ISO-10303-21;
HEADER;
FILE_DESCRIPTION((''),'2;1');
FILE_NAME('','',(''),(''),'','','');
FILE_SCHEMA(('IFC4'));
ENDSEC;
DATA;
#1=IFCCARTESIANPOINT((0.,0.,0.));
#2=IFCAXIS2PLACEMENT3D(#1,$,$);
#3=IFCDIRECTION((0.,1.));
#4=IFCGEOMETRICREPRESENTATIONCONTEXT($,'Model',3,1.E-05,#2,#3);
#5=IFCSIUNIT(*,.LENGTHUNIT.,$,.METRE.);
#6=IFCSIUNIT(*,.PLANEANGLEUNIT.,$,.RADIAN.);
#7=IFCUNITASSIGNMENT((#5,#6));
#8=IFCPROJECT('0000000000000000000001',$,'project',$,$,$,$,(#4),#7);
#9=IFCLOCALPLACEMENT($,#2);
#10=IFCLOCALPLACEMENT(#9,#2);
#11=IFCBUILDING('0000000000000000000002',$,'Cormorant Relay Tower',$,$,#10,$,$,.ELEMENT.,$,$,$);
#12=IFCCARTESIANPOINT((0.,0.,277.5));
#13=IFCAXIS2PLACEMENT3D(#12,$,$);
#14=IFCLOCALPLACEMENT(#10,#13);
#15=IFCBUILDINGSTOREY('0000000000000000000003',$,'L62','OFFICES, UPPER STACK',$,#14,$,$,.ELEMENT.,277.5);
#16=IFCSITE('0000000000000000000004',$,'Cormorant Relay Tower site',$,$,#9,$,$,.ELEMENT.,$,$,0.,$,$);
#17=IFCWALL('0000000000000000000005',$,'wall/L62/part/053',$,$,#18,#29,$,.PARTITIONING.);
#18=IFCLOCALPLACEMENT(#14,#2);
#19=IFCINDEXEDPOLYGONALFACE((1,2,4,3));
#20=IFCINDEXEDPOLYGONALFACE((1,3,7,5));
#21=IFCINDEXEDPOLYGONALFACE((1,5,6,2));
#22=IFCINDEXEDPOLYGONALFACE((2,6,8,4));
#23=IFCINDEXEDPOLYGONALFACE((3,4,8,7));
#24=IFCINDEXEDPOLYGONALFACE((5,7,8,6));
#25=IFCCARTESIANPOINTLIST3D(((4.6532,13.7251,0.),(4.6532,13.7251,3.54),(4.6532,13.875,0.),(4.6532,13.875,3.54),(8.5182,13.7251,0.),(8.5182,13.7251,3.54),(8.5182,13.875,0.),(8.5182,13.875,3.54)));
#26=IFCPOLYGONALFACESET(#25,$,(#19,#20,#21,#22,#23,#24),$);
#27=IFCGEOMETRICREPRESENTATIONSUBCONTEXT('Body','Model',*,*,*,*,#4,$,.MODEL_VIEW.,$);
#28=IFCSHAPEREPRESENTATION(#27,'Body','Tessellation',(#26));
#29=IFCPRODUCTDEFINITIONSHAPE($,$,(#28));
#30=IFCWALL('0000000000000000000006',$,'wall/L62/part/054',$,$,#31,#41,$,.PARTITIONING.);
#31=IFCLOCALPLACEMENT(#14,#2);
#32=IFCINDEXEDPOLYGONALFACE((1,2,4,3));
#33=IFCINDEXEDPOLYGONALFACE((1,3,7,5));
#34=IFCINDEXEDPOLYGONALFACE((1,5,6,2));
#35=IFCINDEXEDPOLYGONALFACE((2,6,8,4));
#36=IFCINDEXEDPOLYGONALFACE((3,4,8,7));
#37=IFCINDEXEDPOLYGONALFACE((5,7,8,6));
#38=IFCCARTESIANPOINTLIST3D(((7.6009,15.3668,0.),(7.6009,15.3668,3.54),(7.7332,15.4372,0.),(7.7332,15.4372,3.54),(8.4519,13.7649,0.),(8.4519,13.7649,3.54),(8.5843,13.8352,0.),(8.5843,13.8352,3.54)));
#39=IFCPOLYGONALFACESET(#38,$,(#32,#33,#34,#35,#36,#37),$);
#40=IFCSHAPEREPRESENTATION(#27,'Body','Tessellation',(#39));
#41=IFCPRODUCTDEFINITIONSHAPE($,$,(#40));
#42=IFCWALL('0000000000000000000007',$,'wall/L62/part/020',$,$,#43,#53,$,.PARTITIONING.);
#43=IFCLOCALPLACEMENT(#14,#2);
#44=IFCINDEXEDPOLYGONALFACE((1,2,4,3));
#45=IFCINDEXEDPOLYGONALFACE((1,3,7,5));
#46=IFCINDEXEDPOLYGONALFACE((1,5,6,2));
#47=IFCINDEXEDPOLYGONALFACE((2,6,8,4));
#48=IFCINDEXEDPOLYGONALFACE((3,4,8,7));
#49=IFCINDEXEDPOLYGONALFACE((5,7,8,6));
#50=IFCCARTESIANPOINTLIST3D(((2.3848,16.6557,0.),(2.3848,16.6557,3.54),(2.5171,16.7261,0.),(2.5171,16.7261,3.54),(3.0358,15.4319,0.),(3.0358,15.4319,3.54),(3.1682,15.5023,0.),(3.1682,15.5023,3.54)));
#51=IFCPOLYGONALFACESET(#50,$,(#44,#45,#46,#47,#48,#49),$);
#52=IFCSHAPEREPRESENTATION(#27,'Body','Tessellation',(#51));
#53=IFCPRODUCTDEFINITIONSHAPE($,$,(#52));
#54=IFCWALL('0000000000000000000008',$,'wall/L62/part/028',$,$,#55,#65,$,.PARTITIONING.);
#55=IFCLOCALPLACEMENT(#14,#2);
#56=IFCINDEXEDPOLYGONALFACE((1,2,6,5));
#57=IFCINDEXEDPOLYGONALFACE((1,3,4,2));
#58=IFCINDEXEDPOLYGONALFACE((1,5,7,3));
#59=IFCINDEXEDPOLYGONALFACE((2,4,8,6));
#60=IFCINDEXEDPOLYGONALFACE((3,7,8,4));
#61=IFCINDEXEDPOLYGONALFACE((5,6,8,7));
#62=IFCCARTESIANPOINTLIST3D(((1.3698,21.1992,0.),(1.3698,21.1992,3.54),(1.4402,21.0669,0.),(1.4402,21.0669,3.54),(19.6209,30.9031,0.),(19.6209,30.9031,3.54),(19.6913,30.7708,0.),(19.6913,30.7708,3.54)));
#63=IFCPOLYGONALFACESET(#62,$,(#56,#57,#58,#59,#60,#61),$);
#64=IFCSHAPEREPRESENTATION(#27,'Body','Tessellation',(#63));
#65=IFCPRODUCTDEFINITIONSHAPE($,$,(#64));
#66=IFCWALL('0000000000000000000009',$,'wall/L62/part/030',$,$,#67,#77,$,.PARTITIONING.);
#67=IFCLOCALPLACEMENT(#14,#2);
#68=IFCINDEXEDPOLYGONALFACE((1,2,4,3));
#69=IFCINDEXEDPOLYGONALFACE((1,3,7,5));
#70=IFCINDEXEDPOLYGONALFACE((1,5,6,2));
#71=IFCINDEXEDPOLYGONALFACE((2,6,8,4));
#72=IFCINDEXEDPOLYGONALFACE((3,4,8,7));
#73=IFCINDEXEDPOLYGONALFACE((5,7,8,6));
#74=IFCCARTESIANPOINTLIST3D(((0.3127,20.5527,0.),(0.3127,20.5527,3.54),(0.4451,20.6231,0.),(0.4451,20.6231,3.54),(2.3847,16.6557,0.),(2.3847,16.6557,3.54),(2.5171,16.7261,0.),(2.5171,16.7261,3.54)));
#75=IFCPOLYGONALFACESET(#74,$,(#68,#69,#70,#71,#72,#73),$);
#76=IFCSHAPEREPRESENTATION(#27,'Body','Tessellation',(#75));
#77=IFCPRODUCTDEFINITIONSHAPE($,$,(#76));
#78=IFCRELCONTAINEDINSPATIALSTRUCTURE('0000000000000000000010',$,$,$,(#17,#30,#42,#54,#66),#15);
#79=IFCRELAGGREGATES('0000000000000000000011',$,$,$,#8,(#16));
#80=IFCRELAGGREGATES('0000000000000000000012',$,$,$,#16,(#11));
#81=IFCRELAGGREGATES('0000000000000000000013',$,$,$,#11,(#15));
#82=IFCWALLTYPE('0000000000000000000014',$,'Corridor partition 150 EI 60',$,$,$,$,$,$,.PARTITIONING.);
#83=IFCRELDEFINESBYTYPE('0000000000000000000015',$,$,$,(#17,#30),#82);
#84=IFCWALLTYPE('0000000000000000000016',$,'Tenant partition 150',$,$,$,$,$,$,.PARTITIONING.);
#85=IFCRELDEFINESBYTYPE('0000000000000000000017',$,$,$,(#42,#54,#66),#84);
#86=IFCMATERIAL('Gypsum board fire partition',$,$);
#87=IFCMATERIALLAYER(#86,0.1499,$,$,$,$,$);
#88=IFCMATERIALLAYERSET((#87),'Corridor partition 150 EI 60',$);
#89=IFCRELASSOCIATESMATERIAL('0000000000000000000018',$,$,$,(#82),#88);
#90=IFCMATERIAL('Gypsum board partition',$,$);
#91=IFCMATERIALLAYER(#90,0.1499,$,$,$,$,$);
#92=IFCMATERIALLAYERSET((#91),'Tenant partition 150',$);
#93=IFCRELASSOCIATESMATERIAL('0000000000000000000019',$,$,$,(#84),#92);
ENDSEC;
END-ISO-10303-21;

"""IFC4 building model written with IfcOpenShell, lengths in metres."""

from ifc_helpers import new_model, si_unit, direction, frame, frame_2d, origin, place, context, subcontext, project, spatial, rectangle, extrude, material, layer, layer_set, type_object, element, save


model = new_model("IFC4")

# Units and contexts
model_context = context("Model", 3, precision=1e-05, world=origin(), true_north=direction((0.0, 1.0)))
body_context = subcontext(model_context, "Body", "Model", "MODEL_VIEW")
ifc_project = project(units=[si_unit("LENGTHUNIT", "METRE"), si_unit("PLANEANGLEUNIT", "RADIAN")], contexts=[model_context])

# Site, building, storey
site_placement = place(None, origin())
site = spatial("IfcSite", under=ifc_project, at=site_placement, Name="Cormorant Relay Tower site", CompositionType="ELEMENT", RefElevation=0.0)
building_placement = place(site_placement, origin())
building = spatial("IfcBuilding", under=site, at=building_placement, Name="Cormorant Relay Tower", CompositionType="ELEMENT")
storey_placement = place(building_placement, frame((0.0, 0.0, 277.5)))
storey = spatial("IfcBuildingStorey", under=building, at=storey_placement, Name="L62", Description="OFFICES, UPPER STACK", CompositionType="ELEMENT", Elevation=277.5)

# Shared definitions
ifc_material_1 = material(Name="Gypsum board fire partition")
ifc_layer_1 = layer(ifc_material_1, 0.1499)
ifc_layer_set_1 = layer_set([ifc_layer_1], Name="Corridor partition 150 EI 60")
wall_type_1 = type_object("IfcWallType", Name="Corridor partition 150 EI 60", PredefinedType="PARTITIONING", material=ifc_layer_set_1)

# Walls
wall_1_placement = place(storey_placement, frame((4.6531, 13.8, 0.0), z_axis=(0.0, 0.0, 1.0), x_axis=(1.0, 0.0, 0.0)))
element("IfcWall", 1, at=wall_1_placement, inside=storey, type_object=wall_type_1, Name="wall/L62/part/053", PredefinedType="PARTITIONING", context=body_context, shape_type="SweptSolid", body=[
    extrude(rectangle(XDim=3.865, YDim=0.1499, at=frame_2d((1.9326, 0.0))), origin(), (0.0, 0.0, 1.0), 3.54),
])
wall_2_placement = place(storey_placement, frame((8.5181, 13.8, 0.0), z_axis=(0.0, 0.0, 1.0), x_axis=(-0.469149, 0.883119, 0.0)))
element("IfcWall", 2, at=wall_2_placement, inside=storey, type_object=wall_type_1, Name="wall/L62/part/054", PredefinedType="PARTITIONING", context=body_context, shape_type="SweptSolid", body=[
    extrude(rectangle(XDim=1.814, YDim=0.1499, at=frame_2d((0.907, 0.0))), origin(), (0.0, 0.0, 1.0), 3.54),
])
ifc_material_2 = material(Name="Gypsum board partition")
ifc_layer_2 = layer(ifc_material_2, 0.1499)
ifc_layer_set_2 = layer_set([ifc_layer_2], Name="Tenant partition 150")
wall_type_2 = type_object("IfcWallType", Name="Tenant partition 150", PredefinedType="PARTITIONING", material=ifc_layer_set_2)
wall_3_placement = place(storey_placement, frame((2.4509, 16.6909, 0.0), z_axis=(0.0, 0.0, 1.0), x_axis=(0.469683, -0.882835, 0.0)))
element("IfcWall", 3, at=wall_3_placement, inside=storey, type_object=wall_type_2, Name="wall/L62/part/020", PredefinedType="PARTITIONING", context=body_context, shape_type="SweptSolid", body=[
    extrude(rectangle(XDim=1.3862, YDim=0.1499, at=frame_2d((0.6931, 0.0))), origin(), (0.0, 0.0, 1.0), 3.54),
])
wall_4_placement = place(storey_placement, frame((1.405, 21.1331, 0.0), z_axis=(0.0, 0.0, 1.0), x_axis=(0.882955, 0.469458, 0.0)))
element("IfcWall", 4, at=wall_4_placement, inside=storey, type_object=wall_type_2, Name="wall/L62/part/028", PredefinedType="PARTITIONING", context=body_context, shape_type="SweptSolid", body=[
    extrude(rectangle(XDim=20.6704, YDim=0.1499, at=frame_2d((10.3352, 0.0))), origin(), (0.0, 0.0, 1.0), 3.54),
])
wall_5_placement = place(storey_placement, frame((2.4509, 16.6909, 0.0), z_axis=(0.0, 0.0, 1.0), x_axis=(-0.469465, 0.882951, 0.0)))
element("IfcWall", 5, at=wall_5_placement, inside=storey, type_object=wall_type_2, Name="wall/L62/part/030", PredefinedType="PARTITIONING", context=body_context, shape_type="SweptSolid", body=[
    extrude(rectangle(XDim=4.4136, YDim=0.1499, at=frame_2d((2.2068, 0.0))), origin(), (0.0, 0.0, 1.0), 3.54),
])

save(model, "model.ifc")
